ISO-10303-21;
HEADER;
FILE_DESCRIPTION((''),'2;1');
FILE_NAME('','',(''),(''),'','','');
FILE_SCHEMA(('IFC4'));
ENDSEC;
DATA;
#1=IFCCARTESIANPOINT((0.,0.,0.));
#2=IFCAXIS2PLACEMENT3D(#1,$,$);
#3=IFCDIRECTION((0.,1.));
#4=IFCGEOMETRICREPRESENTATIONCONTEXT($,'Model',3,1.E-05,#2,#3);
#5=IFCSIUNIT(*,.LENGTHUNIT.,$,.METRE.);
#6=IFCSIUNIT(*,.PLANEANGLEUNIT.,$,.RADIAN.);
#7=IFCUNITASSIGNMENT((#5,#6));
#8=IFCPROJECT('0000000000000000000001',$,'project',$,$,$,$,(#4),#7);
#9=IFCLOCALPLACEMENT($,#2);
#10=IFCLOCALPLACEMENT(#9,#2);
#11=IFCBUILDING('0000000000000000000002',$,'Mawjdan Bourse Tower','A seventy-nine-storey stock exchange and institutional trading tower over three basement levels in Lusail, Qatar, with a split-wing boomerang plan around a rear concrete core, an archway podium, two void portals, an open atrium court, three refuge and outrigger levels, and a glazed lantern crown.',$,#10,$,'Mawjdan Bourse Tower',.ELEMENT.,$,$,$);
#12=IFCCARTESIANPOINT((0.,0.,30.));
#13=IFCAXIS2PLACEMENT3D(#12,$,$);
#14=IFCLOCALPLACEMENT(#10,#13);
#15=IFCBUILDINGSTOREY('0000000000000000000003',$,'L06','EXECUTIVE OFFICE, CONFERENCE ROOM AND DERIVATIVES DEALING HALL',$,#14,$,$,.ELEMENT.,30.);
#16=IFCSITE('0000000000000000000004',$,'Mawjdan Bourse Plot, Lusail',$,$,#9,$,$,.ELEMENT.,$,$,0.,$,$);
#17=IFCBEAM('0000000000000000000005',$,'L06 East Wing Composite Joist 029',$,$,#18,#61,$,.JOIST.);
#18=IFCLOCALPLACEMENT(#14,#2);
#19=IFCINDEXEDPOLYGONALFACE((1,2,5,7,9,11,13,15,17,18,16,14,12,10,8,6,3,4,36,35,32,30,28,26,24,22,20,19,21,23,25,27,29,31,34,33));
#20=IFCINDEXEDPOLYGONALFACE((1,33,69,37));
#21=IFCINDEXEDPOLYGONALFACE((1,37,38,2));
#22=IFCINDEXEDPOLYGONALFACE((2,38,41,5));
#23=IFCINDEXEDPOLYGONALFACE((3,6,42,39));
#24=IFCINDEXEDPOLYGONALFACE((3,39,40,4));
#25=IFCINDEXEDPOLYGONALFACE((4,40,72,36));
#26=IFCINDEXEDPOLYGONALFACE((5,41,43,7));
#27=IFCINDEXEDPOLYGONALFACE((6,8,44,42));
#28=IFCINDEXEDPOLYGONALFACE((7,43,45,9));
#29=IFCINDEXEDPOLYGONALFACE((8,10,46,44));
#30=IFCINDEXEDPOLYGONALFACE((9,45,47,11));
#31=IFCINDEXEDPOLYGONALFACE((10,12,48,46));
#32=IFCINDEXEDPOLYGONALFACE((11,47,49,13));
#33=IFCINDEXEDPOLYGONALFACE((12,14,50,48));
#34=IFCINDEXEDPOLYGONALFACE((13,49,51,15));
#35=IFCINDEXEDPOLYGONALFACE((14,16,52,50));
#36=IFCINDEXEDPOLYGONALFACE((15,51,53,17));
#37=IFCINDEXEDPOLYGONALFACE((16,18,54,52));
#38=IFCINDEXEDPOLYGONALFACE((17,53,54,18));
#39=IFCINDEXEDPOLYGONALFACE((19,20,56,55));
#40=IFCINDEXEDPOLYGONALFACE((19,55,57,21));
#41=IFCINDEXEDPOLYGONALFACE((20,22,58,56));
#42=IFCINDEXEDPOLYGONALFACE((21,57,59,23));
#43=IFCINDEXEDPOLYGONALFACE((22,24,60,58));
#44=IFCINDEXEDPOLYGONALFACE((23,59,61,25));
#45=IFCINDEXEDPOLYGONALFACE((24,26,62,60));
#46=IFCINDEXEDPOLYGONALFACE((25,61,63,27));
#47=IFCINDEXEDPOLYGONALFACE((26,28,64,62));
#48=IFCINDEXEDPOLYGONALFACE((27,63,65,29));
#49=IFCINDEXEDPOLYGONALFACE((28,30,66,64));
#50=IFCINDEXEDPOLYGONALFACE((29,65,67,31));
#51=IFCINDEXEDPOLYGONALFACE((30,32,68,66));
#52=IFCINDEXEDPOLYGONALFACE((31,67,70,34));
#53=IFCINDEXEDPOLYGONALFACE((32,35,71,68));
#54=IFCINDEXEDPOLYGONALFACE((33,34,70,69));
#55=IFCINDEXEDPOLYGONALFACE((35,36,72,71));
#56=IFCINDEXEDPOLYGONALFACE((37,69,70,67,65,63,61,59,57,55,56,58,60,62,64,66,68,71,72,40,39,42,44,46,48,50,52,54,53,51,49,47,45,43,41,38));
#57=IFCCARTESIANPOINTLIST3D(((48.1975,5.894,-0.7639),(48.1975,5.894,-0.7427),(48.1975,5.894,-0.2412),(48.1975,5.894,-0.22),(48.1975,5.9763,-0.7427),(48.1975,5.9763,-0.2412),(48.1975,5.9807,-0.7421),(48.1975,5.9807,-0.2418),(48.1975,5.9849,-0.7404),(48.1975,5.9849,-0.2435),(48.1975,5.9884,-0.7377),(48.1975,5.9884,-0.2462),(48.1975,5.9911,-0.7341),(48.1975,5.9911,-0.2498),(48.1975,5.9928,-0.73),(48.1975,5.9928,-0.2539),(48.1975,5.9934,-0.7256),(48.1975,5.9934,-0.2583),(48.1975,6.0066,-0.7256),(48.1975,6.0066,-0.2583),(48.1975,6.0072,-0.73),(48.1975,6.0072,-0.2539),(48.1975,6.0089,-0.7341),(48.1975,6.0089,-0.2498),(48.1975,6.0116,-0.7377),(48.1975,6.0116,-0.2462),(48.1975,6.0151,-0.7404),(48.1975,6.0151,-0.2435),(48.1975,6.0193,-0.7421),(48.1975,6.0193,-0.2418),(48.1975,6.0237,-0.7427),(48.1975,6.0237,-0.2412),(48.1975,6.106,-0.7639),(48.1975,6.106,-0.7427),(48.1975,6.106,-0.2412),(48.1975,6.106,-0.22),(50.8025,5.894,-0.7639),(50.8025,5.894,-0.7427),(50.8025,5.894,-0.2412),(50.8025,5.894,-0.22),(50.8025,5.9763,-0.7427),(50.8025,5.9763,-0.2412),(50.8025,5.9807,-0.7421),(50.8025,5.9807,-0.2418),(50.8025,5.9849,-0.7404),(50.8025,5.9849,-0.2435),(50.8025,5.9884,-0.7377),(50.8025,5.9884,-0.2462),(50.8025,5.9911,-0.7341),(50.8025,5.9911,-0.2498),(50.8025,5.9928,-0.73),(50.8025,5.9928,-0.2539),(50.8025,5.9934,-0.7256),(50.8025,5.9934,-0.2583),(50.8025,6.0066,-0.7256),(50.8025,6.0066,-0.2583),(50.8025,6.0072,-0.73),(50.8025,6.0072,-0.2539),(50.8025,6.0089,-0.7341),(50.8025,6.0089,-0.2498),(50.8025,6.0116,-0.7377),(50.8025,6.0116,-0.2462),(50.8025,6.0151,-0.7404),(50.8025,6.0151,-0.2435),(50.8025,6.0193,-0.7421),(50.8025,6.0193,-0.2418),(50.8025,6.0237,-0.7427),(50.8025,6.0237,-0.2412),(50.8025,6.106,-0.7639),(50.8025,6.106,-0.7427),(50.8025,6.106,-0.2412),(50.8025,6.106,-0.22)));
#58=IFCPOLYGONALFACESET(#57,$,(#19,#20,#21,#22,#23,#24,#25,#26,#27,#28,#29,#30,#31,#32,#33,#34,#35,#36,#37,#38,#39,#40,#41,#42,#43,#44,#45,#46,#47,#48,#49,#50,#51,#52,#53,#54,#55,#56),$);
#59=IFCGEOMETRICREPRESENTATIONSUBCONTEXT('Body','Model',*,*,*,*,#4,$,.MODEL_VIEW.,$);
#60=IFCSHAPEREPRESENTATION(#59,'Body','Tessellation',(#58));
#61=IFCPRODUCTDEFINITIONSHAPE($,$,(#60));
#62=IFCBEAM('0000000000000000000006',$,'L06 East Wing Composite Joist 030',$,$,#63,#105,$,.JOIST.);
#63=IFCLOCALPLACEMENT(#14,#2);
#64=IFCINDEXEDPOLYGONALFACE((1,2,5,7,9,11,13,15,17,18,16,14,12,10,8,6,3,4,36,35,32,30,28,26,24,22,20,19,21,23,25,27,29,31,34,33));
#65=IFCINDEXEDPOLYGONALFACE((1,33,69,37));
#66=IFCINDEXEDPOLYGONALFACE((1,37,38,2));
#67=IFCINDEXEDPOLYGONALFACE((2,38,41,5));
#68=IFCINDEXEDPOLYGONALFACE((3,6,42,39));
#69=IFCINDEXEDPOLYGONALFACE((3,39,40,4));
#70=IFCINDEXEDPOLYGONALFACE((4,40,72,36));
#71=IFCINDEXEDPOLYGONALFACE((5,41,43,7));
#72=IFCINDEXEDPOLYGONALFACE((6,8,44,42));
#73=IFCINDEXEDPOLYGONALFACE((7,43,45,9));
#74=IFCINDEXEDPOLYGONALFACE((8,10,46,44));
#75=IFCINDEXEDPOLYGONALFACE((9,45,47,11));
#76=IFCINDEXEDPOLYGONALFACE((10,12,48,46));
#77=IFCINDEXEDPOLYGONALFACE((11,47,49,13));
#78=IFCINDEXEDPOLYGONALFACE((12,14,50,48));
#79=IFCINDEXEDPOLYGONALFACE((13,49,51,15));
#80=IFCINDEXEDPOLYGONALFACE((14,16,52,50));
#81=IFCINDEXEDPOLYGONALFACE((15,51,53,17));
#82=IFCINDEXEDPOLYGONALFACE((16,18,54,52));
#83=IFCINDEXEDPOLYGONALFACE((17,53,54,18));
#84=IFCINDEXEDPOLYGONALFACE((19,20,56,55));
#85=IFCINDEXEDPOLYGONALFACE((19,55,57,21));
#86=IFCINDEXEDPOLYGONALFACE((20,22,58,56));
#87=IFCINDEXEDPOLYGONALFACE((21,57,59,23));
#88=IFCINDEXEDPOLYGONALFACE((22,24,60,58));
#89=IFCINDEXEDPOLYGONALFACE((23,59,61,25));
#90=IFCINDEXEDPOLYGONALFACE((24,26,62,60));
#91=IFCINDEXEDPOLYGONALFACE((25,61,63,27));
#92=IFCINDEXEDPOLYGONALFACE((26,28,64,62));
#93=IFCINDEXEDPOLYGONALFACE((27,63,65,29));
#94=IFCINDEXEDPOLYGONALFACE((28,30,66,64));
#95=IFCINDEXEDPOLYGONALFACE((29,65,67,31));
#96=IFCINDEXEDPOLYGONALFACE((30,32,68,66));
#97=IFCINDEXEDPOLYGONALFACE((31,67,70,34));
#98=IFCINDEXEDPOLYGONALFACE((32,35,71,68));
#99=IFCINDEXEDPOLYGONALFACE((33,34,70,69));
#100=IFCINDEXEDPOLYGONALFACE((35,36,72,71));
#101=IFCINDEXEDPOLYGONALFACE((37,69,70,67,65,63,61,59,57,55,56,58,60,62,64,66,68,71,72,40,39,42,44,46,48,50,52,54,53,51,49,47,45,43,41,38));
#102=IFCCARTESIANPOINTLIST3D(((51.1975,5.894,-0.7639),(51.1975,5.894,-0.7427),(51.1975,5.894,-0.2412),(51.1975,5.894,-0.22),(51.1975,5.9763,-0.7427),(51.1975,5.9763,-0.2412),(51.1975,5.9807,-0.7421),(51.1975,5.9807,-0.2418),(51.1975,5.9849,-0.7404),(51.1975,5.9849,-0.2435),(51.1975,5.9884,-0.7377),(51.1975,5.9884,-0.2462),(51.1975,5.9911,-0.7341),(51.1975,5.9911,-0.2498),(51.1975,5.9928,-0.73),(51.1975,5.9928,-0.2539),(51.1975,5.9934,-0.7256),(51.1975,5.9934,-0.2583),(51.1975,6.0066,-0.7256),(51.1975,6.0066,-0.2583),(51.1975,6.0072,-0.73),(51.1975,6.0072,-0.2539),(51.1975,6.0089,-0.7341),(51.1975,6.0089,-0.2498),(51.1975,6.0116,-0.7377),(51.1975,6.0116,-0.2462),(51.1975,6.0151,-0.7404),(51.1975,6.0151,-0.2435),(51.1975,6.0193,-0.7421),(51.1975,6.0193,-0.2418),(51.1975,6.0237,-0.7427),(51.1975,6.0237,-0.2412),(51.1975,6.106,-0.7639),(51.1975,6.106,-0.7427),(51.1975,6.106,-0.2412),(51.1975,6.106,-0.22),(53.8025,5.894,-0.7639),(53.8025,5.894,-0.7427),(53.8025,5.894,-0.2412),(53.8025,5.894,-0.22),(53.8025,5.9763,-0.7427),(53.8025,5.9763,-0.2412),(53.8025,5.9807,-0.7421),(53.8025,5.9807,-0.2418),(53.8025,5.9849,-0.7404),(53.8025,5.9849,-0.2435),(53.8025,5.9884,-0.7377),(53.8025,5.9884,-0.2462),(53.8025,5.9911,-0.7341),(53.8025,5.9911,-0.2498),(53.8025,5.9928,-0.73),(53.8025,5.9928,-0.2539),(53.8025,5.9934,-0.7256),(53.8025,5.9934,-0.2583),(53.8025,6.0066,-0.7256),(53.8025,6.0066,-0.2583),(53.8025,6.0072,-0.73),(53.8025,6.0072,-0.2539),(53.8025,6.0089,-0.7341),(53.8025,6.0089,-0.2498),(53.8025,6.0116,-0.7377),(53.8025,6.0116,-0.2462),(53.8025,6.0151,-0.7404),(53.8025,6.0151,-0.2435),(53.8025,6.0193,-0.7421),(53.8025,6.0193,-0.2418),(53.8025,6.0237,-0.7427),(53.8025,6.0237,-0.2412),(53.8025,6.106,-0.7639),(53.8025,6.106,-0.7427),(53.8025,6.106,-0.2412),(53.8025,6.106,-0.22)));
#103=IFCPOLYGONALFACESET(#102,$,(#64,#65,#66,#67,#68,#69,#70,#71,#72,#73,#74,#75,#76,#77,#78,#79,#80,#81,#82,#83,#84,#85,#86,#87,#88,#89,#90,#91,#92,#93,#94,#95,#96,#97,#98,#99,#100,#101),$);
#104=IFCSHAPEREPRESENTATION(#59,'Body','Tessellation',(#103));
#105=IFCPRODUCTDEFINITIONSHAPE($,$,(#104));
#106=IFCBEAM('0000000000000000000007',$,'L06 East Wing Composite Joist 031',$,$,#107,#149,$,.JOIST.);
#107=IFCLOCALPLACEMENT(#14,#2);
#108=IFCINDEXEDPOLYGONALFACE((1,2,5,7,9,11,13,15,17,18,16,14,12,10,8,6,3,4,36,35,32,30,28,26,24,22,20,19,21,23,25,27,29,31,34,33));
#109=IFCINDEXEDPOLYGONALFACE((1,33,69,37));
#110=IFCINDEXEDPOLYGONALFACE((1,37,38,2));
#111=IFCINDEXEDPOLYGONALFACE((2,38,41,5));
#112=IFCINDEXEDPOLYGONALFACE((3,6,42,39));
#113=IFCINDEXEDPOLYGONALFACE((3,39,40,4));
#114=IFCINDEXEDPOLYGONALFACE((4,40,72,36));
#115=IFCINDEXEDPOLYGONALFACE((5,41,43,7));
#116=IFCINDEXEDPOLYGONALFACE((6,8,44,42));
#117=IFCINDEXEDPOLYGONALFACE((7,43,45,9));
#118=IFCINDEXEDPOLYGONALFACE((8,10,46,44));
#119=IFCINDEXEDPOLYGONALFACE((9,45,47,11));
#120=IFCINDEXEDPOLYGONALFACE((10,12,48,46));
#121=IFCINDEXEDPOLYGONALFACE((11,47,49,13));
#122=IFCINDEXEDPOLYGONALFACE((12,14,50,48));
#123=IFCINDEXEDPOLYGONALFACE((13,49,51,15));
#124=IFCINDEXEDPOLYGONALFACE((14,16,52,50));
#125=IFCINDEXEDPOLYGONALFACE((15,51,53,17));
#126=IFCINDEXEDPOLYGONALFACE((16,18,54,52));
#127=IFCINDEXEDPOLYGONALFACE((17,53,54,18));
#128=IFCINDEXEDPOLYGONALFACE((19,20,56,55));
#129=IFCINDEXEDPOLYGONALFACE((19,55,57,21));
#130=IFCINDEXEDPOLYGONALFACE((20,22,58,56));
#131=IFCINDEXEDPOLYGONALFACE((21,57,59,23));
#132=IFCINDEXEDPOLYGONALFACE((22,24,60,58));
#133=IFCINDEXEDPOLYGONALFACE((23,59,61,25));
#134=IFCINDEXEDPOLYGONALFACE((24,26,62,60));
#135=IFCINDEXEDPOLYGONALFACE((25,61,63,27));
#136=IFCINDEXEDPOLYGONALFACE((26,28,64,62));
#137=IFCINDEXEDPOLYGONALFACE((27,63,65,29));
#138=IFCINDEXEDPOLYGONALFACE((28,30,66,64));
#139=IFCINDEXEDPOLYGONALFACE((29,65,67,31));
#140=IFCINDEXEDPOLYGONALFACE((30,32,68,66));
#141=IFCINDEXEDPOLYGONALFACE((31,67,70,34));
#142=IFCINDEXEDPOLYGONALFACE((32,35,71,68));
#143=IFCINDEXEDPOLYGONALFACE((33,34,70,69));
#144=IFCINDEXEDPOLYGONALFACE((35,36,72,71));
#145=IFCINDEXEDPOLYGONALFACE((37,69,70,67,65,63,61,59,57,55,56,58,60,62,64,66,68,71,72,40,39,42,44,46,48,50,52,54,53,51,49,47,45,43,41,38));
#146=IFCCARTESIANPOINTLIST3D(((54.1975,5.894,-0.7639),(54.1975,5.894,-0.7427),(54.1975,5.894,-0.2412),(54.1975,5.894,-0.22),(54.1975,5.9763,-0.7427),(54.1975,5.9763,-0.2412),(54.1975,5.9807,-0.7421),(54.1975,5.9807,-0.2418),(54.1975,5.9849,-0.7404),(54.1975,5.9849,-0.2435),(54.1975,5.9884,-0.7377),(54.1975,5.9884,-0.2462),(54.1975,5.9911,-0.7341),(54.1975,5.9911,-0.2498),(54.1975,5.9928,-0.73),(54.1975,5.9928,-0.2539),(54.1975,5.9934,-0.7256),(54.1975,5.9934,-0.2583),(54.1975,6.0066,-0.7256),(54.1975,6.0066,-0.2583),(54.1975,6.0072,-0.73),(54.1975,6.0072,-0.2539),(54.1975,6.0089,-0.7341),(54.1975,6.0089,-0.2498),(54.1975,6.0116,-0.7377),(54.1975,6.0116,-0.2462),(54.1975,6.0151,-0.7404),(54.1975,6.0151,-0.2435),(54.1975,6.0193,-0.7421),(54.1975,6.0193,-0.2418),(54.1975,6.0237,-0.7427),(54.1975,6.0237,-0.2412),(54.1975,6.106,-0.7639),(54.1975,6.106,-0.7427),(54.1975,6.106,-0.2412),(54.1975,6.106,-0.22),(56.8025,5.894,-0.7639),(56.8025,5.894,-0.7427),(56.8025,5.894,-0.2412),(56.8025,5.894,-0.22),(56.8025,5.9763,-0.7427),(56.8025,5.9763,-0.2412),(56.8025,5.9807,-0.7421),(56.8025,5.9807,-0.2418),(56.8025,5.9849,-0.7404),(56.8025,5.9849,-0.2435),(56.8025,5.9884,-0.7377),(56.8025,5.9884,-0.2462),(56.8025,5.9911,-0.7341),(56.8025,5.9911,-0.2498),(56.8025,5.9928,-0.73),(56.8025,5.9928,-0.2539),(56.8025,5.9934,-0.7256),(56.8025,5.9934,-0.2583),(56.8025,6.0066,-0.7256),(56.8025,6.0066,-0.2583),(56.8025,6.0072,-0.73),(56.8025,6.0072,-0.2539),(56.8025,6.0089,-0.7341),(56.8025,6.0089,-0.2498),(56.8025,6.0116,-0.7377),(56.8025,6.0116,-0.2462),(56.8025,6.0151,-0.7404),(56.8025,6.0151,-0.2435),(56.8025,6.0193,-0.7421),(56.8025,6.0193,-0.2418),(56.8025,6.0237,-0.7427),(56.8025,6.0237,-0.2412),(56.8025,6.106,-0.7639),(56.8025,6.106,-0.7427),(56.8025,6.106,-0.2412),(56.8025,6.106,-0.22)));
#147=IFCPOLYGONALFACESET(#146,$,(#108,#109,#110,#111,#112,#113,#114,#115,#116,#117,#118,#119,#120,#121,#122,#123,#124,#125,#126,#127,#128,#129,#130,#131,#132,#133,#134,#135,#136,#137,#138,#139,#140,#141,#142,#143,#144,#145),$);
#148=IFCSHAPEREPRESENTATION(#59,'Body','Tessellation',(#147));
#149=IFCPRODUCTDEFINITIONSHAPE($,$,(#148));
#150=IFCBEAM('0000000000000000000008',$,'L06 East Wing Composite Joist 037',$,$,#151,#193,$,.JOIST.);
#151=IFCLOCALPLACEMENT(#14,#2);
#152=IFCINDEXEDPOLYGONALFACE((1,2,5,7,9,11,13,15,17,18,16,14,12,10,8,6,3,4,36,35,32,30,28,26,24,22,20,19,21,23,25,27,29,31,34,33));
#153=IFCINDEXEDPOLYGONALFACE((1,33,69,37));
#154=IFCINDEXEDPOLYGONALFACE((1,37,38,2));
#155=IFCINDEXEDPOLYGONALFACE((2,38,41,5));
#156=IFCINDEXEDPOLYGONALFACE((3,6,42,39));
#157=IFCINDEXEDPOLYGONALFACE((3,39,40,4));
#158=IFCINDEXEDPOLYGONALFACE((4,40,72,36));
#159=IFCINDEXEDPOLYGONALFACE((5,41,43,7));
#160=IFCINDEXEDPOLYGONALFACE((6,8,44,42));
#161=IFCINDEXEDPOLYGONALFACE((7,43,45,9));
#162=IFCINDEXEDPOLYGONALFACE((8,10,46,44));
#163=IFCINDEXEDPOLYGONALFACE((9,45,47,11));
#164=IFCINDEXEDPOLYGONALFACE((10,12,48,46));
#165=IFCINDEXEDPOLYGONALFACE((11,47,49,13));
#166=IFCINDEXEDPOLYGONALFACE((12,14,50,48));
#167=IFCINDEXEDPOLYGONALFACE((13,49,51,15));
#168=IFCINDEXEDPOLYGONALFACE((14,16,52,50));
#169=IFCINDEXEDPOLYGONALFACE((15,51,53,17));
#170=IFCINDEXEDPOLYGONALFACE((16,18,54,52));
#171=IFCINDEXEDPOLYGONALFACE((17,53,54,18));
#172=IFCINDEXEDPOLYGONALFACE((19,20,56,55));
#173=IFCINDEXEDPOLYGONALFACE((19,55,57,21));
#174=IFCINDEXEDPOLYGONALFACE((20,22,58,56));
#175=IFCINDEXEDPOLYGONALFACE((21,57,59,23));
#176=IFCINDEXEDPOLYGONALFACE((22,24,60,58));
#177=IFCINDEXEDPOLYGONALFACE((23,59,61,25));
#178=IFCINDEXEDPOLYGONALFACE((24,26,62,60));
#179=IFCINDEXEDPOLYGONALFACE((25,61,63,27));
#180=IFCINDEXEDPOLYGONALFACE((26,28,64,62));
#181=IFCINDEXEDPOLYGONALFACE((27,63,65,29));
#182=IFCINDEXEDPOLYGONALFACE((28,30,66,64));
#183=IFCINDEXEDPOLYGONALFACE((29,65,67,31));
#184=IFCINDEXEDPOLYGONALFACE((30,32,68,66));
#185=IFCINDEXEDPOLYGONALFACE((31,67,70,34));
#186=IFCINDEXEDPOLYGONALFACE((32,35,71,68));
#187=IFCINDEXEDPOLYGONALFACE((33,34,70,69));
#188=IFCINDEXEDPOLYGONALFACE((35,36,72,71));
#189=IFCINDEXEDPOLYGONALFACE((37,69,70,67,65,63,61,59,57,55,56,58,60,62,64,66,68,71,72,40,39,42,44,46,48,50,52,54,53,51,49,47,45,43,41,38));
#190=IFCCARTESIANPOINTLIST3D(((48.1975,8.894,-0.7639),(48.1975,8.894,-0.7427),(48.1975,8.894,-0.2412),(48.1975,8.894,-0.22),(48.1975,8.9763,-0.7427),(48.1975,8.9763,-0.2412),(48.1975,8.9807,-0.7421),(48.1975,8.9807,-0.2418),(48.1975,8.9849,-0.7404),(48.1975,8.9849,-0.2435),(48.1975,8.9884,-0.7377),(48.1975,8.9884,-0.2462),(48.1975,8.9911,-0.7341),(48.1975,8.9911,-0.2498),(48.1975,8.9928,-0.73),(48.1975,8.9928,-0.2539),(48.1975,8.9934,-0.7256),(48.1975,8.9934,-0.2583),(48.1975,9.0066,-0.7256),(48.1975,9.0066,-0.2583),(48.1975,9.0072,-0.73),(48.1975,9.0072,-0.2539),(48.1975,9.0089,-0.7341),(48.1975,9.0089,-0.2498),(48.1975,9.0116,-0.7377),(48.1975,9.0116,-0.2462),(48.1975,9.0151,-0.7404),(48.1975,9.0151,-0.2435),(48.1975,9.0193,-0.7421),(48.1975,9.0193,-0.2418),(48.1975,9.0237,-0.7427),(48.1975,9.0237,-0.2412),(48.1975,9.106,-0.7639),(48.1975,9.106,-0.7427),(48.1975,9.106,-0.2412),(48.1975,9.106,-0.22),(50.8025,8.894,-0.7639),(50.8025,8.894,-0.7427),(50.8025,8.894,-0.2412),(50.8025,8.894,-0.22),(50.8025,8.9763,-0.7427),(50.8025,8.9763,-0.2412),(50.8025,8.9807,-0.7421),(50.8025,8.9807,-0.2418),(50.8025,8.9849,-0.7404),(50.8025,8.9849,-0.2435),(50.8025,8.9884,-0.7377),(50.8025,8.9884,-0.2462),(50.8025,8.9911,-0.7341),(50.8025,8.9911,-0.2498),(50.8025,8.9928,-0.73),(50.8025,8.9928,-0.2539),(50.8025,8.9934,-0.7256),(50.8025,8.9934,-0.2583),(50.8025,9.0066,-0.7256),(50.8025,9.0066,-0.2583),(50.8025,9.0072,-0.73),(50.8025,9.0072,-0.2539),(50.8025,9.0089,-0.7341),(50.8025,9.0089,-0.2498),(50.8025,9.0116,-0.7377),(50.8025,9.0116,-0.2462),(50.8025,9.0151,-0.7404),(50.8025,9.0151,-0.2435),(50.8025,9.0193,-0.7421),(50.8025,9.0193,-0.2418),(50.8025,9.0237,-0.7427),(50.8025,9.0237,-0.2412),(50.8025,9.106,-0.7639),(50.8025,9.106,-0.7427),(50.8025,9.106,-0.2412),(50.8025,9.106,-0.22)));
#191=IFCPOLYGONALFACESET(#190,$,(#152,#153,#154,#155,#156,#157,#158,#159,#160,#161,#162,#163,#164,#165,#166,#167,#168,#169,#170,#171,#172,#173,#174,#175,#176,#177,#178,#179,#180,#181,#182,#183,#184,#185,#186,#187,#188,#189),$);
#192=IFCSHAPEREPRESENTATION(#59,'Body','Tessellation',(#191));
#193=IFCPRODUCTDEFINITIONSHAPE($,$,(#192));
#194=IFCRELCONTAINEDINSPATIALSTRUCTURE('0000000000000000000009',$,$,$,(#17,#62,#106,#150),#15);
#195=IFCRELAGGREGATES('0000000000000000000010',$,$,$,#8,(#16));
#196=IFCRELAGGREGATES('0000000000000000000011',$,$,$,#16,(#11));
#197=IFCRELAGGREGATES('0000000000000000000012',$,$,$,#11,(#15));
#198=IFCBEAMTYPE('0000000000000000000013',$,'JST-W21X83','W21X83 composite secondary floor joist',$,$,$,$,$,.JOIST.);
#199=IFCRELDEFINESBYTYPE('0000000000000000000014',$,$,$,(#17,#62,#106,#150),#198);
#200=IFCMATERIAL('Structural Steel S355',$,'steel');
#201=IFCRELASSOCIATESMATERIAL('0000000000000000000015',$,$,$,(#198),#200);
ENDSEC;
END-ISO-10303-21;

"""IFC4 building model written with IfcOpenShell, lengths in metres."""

from ifc_helpers import new_model, si_unit, direction, frame, origin, origin_2d, place, context, subcontext, project, spatial, i_section, extrude, material, material_profile, profile_set, type_object, element, save


model = new_model("IFC4")

# Units and contexts
model_context = context("Model", 3, precision=1e-05, world=origin(), true_north=direction((0.0, 1.0)))
body_context = subcontext(model_context, "Body", "Model", "MODEL_VIEW")
ifc_project = project(units=[si_unit("LENGTHUNIT", "METRE"), si_unit("PLANEANGLEUNIT", "RADIAN")], contexts=[model_context])

# Site, building, storey
site_placement = place(None, origin())
site = spatial("IfcSite", under=ifc_project, at=site_placement, Name="Mawjdan Bourse Plot, Lusail", CompositionType="ELEMENT", RefElevation=0.0)
building_placement = place(site_placement, origin())
building = spatial("IfcBuilding", under=site, at=building_placement, Name="Mawjdan Bourse Tower", Description="A seventy-nine-storey stock exchange and institutional trading tower over three basement levels in Lusail, Qatar, with a split-wing boomerang plan around a rear concrete core, an archway podium, two void portals, an open atrium court, three refuge and outrigger levels, and a glazed lantern crown.", LongName="Mawjdan Bourse Tower", CompositionType="ELEMENT")
storey_placement = place(building_placement, frame((0.0, 0.0, 30.0)))
storey = spatial("IfcBuildingStorey", under=building, at=storey_placement, Name="L06", Description="EXECUTIVE OFFICE, CONFERENCE ROOM AND DERIVATIVES DEALING HALL", CompositionType="ELEMENT", Elevation=30.0)

# Beams
ifc_material_1 = material(Name="Structural Steel S355", Category="steel")
ifc_material_profile_1 = material_profile(ifc_material_1, i_section(OverallWidth=0.2119, OverallDepth=0.5439, WebThickness=0.0132, FlangeThickness=0.0212, FilletRadius=0.0171, at=origin_2d()), Name="W21X83")
ifc_profile_set_1 = profile_set([ifc_material_profile_1], Name="Structural Steel S355")
beam_type_1 = type_object("IfcBeamType", Name="JST-W21X83", Description="W21X83 composite secondary floor joist", PredefinedType="JOIST", material=ifc_profile_set_1)
for number, where, z_axis, x_axis, name in (
    (1, (48.1975, 6.0, -0.4919), (1.0, 0.0, 0.0), (0.0, 1.0, 0.0), "L06 East Wing Composite Joist 029"),
    (2, (51.1975, 6.0, -0.4919), (1.0, 0.0, 0.0), (0.0, 1.0, 0.0), "L06 East Wing Composite Joist 030"),
    (3, (54.1975, 6.0, -0.4919), (1.0, 0.0, 0.0), (0.0, 1.0, 0.0), "L06 East Wing Composite Joist 031"),
    (4, (48.1975, 9.0, -0.4919), (1.0, 0.0, 0.0), (0.0, 1.0, 0.0), "L06 East Wing Composite Joist 037"),
):
    element("IfcBeam", number, at=place(storey_placement, frame(where, z_axis=z_axis, x_axis=x_axis)), inside=storey, type_object=beam_type_1, Name=name, PredefinedType="JOIST", context=body_context, shape_type="SweptSolid", body=[
        extrude(i_section(OverallWidth=0.2119, OverallDepth=0.5439, WebThickness=0.0132, FlangeThickness=0.0212, FilletRadius=0.0171, at=origin_2d()), origin(), (0.0, 0.0, 1.0), 2.605),
    ])

save(model, "model.ifc")
